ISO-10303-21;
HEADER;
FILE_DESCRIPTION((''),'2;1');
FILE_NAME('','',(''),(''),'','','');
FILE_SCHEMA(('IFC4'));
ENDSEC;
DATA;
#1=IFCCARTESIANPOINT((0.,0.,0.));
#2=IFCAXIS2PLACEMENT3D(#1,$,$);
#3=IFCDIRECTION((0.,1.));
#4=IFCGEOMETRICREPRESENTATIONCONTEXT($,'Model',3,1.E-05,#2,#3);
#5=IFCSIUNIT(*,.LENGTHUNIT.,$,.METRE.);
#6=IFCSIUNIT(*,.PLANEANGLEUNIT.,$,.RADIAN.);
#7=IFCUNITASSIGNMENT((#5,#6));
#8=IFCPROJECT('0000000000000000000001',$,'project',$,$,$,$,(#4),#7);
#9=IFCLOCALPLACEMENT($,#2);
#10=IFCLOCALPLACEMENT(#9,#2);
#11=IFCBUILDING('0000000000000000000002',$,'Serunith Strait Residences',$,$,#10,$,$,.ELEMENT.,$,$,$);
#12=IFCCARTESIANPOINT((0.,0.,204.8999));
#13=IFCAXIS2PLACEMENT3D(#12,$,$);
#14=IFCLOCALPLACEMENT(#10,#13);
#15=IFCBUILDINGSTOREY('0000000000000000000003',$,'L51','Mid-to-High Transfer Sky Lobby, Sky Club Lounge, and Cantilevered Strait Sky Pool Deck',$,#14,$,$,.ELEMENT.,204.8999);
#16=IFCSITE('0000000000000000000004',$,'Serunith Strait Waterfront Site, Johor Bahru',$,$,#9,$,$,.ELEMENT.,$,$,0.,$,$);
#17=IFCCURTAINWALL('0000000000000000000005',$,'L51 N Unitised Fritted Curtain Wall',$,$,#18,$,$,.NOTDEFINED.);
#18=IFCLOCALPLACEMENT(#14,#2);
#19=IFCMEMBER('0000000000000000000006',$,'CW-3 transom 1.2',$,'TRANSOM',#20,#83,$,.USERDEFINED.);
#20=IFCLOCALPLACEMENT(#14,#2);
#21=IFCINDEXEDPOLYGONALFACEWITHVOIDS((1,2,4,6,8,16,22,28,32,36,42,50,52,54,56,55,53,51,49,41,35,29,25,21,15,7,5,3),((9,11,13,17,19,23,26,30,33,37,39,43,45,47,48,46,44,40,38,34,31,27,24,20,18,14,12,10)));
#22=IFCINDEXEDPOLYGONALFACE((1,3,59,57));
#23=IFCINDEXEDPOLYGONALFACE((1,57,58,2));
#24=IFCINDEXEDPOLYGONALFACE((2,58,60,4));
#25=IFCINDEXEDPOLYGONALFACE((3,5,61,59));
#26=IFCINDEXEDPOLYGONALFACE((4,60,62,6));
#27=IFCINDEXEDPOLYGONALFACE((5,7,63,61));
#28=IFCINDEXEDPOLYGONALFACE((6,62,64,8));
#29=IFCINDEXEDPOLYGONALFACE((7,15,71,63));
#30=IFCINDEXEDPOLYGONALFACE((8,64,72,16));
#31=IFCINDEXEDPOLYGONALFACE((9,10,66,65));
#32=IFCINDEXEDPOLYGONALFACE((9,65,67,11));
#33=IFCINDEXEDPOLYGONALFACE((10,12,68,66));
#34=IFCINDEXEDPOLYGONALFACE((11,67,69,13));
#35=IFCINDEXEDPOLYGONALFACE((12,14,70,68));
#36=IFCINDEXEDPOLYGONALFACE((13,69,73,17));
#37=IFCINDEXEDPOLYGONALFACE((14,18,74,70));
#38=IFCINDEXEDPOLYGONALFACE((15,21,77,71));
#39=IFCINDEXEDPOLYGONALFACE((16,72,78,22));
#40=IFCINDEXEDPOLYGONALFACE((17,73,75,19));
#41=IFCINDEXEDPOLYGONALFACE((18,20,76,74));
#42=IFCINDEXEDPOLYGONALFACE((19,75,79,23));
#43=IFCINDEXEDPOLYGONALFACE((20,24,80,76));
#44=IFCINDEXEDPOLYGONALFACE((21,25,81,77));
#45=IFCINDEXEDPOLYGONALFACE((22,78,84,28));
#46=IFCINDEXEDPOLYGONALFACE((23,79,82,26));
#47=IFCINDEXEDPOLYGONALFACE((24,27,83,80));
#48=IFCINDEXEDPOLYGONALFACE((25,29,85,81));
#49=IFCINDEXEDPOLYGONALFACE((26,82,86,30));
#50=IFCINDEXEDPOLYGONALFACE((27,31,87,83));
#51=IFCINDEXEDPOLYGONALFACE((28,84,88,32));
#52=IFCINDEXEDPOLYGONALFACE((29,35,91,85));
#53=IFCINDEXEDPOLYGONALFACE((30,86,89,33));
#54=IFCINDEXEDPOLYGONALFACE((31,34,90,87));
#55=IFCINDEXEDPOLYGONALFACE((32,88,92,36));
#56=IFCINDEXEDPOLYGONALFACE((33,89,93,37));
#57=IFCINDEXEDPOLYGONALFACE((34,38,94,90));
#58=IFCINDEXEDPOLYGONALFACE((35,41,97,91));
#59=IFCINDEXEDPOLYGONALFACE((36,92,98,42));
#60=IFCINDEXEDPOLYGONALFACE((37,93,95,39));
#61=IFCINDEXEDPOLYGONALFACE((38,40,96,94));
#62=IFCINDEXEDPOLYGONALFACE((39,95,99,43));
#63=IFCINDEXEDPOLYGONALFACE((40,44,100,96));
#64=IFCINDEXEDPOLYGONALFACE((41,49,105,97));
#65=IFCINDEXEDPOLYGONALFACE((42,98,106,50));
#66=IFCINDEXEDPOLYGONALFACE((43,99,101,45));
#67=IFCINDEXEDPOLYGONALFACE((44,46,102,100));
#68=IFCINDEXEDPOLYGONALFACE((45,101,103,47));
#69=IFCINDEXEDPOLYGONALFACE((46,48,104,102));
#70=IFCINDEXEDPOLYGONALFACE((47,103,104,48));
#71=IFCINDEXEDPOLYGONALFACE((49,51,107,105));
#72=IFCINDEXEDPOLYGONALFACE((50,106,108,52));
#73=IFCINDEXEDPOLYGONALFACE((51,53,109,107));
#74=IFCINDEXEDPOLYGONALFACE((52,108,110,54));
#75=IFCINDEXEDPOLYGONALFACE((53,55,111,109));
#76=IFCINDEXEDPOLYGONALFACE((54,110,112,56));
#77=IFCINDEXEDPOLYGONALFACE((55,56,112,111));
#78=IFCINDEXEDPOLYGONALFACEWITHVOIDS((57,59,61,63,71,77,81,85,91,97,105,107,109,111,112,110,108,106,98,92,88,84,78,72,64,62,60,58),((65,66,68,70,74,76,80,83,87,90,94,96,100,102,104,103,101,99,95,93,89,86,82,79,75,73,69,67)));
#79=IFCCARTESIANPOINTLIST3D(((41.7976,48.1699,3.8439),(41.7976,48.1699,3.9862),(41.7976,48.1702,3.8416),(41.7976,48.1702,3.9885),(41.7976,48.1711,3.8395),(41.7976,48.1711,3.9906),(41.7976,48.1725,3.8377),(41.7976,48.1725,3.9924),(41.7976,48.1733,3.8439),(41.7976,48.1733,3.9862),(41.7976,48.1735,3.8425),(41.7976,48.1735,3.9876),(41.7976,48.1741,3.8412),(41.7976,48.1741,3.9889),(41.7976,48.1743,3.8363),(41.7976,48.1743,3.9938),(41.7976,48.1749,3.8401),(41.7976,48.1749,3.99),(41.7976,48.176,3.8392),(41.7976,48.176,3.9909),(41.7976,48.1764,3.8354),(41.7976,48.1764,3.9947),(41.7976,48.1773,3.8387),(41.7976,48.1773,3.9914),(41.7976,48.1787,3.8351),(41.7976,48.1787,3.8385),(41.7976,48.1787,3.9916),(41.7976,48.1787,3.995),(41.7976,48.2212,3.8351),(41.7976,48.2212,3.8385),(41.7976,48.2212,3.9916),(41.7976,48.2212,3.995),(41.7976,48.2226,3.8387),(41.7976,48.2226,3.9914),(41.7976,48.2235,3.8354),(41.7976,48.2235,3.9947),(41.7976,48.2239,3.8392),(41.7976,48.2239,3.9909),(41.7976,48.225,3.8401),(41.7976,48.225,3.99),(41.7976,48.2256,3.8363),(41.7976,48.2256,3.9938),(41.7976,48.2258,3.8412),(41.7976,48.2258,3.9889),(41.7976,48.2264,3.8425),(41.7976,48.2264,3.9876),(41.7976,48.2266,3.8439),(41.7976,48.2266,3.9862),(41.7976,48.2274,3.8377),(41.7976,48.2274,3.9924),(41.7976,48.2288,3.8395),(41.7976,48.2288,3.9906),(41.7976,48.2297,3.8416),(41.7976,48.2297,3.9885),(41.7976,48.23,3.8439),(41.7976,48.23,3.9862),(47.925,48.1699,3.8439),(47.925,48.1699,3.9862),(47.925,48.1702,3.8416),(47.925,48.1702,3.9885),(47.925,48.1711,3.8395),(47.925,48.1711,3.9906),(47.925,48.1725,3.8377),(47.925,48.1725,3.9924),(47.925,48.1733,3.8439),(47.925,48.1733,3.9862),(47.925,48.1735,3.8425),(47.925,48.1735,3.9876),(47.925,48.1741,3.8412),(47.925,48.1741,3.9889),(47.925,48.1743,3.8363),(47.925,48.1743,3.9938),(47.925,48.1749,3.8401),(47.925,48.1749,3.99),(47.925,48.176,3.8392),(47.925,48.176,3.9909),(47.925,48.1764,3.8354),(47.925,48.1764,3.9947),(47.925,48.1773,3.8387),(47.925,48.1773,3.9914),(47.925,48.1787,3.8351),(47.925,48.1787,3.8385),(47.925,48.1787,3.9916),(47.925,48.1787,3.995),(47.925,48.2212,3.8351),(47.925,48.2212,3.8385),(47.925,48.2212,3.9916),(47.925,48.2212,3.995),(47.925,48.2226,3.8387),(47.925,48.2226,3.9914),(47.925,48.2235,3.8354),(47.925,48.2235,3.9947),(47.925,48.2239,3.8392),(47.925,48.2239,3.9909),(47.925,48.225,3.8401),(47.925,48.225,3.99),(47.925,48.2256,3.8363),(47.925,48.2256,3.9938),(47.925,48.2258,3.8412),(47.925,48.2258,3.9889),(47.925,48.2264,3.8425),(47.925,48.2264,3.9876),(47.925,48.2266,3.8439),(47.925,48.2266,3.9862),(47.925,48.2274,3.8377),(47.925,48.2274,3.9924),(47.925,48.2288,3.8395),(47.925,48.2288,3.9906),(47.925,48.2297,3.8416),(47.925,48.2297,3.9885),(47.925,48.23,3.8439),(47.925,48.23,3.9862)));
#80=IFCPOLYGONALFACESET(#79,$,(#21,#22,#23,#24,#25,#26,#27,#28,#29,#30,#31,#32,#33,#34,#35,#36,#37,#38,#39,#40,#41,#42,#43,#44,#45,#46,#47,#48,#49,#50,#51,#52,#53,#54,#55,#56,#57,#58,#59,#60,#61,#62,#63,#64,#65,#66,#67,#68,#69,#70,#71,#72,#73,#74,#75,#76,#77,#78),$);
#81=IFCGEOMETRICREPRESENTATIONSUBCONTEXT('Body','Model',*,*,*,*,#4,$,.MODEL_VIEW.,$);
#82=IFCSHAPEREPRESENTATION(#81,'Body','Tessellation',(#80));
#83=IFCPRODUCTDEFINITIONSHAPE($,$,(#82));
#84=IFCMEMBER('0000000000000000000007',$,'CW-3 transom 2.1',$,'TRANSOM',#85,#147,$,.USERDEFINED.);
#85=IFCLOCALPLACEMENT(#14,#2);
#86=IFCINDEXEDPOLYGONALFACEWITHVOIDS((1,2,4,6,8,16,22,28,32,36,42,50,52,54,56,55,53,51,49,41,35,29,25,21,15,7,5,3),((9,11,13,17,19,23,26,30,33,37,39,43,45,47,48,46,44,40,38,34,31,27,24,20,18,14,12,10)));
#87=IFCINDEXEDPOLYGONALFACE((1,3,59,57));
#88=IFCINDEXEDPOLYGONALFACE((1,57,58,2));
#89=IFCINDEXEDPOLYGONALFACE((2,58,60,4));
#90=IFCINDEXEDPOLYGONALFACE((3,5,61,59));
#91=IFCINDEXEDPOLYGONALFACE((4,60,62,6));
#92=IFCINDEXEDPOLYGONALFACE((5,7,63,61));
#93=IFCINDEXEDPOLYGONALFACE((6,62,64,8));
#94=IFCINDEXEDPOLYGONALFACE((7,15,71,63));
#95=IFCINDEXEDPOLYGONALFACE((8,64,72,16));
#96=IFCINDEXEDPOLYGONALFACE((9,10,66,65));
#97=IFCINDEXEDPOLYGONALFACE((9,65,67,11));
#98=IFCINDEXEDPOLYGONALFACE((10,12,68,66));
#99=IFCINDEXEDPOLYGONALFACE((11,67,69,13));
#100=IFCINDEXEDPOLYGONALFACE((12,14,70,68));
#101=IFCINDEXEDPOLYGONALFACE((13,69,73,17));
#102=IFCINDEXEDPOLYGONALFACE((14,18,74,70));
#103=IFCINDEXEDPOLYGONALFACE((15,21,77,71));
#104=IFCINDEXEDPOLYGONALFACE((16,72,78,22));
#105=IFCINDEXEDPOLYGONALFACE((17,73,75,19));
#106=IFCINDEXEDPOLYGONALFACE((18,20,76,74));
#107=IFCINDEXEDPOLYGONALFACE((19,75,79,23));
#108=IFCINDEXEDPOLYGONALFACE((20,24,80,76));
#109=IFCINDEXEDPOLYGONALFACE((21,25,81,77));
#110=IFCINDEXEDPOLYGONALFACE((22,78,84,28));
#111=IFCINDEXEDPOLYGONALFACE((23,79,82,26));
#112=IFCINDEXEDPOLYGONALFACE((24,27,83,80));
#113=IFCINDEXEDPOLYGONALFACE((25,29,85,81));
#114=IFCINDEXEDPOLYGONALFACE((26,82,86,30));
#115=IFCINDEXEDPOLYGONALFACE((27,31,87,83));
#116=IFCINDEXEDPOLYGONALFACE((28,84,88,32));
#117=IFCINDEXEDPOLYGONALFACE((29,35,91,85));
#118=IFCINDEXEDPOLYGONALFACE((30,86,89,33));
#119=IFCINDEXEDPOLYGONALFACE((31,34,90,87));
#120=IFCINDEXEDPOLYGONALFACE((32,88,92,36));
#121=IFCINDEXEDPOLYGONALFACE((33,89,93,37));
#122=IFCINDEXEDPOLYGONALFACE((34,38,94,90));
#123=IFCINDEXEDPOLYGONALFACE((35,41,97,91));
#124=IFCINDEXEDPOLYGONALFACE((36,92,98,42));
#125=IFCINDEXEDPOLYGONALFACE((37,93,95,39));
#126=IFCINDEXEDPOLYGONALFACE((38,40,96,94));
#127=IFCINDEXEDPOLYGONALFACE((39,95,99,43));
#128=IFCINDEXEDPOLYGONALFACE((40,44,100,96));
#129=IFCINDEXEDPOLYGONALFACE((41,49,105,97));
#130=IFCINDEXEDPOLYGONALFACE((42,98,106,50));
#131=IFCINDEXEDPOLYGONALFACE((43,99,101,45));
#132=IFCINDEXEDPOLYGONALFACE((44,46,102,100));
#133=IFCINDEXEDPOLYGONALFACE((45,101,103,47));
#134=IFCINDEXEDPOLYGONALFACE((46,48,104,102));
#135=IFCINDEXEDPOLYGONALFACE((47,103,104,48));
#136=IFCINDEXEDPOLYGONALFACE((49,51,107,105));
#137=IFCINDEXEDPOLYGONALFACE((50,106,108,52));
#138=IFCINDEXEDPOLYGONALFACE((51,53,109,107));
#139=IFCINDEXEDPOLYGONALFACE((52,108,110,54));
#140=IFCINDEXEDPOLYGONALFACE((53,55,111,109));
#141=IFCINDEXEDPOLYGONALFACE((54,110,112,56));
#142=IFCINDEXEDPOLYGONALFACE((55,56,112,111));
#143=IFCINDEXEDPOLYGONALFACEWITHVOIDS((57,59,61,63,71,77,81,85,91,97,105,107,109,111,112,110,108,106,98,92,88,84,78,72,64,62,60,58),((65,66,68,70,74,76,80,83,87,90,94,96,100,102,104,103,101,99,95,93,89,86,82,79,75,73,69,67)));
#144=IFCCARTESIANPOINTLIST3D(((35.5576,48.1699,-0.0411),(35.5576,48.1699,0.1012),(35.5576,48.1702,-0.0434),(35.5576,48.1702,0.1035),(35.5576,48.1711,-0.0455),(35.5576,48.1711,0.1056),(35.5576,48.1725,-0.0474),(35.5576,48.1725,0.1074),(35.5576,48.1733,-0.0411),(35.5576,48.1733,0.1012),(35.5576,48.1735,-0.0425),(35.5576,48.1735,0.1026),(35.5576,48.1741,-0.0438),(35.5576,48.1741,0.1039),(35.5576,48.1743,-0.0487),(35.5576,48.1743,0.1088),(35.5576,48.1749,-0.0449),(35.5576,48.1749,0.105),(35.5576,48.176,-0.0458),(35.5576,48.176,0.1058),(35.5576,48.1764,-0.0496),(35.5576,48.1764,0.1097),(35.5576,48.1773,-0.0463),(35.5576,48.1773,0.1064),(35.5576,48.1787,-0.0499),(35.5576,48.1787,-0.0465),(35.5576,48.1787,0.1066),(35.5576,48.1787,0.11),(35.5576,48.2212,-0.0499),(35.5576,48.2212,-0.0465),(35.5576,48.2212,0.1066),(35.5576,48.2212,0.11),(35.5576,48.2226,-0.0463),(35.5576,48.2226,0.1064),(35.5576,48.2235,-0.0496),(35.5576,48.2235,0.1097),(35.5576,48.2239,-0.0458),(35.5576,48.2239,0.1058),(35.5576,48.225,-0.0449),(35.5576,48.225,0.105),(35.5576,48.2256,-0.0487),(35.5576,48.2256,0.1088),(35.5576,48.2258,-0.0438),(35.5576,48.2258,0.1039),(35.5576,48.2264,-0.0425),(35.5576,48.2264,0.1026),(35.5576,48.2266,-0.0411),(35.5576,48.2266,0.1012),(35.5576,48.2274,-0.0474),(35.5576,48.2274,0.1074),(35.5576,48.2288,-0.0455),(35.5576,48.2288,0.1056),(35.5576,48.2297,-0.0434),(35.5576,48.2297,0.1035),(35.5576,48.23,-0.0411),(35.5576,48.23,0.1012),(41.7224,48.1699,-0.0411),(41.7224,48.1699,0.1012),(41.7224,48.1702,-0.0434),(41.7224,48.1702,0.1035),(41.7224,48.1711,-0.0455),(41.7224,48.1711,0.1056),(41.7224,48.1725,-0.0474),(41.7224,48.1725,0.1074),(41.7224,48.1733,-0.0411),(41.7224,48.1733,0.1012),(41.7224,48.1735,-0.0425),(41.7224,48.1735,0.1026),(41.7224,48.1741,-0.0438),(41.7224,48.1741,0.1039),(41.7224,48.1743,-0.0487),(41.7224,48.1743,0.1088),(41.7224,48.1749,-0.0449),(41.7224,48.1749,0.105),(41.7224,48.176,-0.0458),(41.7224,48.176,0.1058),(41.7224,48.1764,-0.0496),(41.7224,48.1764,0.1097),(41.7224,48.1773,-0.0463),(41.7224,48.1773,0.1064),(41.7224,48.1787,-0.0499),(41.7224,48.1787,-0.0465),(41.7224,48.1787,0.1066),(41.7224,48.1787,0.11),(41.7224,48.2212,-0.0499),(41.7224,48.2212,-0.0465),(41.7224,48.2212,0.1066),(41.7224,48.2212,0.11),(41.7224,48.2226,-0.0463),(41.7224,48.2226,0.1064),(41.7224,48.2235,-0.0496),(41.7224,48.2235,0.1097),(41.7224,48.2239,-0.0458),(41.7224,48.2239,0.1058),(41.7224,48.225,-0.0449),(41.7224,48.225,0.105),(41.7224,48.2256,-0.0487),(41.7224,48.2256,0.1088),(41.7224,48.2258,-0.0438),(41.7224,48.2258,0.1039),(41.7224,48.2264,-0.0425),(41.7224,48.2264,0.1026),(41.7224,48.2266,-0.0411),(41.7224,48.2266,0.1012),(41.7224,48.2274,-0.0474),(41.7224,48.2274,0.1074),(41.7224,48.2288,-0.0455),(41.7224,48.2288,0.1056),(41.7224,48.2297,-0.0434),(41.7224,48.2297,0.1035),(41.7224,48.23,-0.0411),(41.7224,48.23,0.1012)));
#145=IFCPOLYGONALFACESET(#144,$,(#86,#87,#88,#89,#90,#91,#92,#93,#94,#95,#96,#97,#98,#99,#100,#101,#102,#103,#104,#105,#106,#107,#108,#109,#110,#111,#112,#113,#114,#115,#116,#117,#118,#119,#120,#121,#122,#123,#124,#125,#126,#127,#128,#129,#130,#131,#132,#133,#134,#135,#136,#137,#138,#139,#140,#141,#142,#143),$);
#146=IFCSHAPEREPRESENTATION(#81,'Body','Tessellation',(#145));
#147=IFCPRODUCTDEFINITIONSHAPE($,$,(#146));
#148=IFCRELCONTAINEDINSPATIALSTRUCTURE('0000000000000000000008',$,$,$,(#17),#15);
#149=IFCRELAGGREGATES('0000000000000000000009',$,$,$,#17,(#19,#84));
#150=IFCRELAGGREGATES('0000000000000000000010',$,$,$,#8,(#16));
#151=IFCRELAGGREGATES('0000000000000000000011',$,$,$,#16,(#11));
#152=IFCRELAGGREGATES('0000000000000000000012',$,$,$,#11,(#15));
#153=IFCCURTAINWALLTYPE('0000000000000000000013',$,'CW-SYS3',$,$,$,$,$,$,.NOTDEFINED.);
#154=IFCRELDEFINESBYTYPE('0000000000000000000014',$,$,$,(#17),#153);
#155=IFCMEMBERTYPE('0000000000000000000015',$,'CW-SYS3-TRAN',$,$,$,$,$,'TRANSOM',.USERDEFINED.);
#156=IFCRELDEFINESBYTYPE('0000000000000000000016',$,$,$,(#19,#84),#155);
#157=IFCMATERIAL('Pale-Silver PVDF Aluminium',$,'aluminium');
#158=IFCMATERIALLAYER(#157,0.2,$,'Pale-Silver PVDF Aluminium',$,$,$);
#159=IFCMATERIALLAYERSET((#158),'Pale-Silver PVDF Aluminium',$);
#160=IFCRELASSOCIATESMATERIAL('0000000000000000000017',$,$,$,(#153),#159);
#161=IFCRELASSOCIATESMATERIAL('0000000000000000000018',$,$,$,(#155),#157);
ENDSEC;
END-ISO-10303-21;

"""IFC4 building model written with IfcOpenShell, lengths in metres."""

from ifc_helpers import new_model, si_unit, direction, frame, origin, origin_2d, place, context, subcontext, project, spatial, hollow_rectangle, extrude, source, transform, mapped, material, layer, layer_set, material_profile, profile_set, type_object, element, aggregate, save


model = new_model("IFC4")

# Units and contexts
model_context = context("Model", 3, precision=1e-05, world=origin(), true_north=direction((0.0, 1.0)))
body_context = subcontext(model_context, "Body", "Model", "MODEL_VIEW")
ifc_project = project(units=[si_unit("LENGTHUNIT", "METRE"), si_unit("PLANEANGLEUNIT", "RADIAN")], contexts=[model_context])

# Site, building, storey
site_placement = place(None, origin())
site = spatial("IfcSite", under=ifc_project, at=site_placement, Name="Serunith Strait Waterfront Site, Johor Bahru", CompositionType="ELEMENT", RefElevation=0.0)
building_placement = place(site_placement, origin())
building = spatial("IfcBuilding", under=site, at=building_placement, Name="Serunith Strait Residences", CompositionType="ELEMENT")
storey_placement = place(building_placement, frame((0.0, 0.0, 204.8999)))
storey = spatial("IfcBuildingStorey", under=building, at=storey_placement, Name="L51", Description="Mid-to-High Transfer Sky Lobby, Sky Club Lounge, and Cantilevered Strait Sky Pool Deck", CompositionType="ELEMENT", Elevation=204.8999)

# Curtain wall
ifc_material_1 = material(Name="Pale-Silver PVDF Aluminium", Category="aluminium")
ifc_layer_1 = layer(ifc_material_1, 0.2, Name="Pale-Silver PVDF Aluminium")
ifc_layer_set_1 = layer_set([ifc_layer_1], Name="Pale-Silver PVDF Aluminium")
curtain_wall_type = type_object("IfcCurtainWallType", Name="CW-SYS3", PredefinedType="NOTDEFINED", material=ifc_layer_set_1)
curtain_wall_1_placement = place(storey_placement, origin())
curtain_wall_1 = element("IfcCurtainWall", 1, at=curtain_wall_1_placement, inside=storey, type_object=curtain_wall_type, Name="L51 N Unitised Fritted Curtain Wall", PredefinedType="NOTDEFINED")

# Members
ifc_material_profile_1 = material_profile(ifc_material_1, hollow_rectangle(XDim=0.0601, YDim=0.1599, WallThickness=0.0034, InnerFilletRadius=0.0054, OuterFilletRadius=0.0088, at=origin_2d()), Name="ALU 160x60x3.5")
ifc_profile_set_1 = profile_set([ifc_material_profile_1], Name="Pale-Silver PVDF Aluminium")
member_type_1 = type_object("IfcMemberType", Name="CW-SYS3-TRAN", ElementType="TRANSOM", PredefinedType="USERDEFINED", material=ifc_profile_set_1)
shared_shape_1 = source(origin(), body_context, "Body", "SweptSolid", [
    extrude(hollow_rectangle(XDim=0.0601, YDim=0.1599, WallThickness=0.0034, InnerFilletRadius=0.0054, OuterFilletRadius=0.0088, at=origin_2d()), origin(), (0.0, 0.0, 1.0), 6.1274),
])
member_1_placement = place(storey_placement, frame((47.925, 48.2, 3.915), z_axis=(-1.0, 0.0, 0.0), x_axis=(0.0, -1.0, 0.0)))
member_1 = element("IfcMember", 2, at=member_1_placement, type_object=member_type_1, Name="CW-3 transom 1.2", ObjectType="TRANSOM", PredefinedType="USERDEFINED", context=body_context, shape_type="MappedRepresentation", body=[
    mapped(shared_shape_1, transform((0.0, 0.0, 0.0), scale=1.0)),
])
shared_shape_2 = source(origin(), body_context, "Body", "SweptSolid", [
    extrude(hollow_rectangle(XDim=0.0601, YDim=0.1599, WallThickness=0.0034, InnerFilletRadius=0.0054, OuterFilletRadius=0.0088, at=origin_2d()), origin(), (0.0, 0.0, 1.0), 6.1648),
])
member_2_placement = place(storey_placement, frame((41.7224, 48.2, 0.03), z_axis=(-1.0, 0.0, 0.0), x_axis=(0.0, -1.0, 0.0)))
member_2 = element("IfcMember", 3, at=member_2_placement, type_object=member_type_1, Name="CW-3 transom 2.1", ObjectType="TRANSOM", PredefinedType="USERDEFINED", context=body_context, shape_type="MappedRepresentation", body=[
    mapped(shared_shape_2, transform((0.0, 0.0, 0.0), scale=1.0)),
])

aggregate(curtain_wall_1, [member_1, member_2])

save(model, "model.ifc")
